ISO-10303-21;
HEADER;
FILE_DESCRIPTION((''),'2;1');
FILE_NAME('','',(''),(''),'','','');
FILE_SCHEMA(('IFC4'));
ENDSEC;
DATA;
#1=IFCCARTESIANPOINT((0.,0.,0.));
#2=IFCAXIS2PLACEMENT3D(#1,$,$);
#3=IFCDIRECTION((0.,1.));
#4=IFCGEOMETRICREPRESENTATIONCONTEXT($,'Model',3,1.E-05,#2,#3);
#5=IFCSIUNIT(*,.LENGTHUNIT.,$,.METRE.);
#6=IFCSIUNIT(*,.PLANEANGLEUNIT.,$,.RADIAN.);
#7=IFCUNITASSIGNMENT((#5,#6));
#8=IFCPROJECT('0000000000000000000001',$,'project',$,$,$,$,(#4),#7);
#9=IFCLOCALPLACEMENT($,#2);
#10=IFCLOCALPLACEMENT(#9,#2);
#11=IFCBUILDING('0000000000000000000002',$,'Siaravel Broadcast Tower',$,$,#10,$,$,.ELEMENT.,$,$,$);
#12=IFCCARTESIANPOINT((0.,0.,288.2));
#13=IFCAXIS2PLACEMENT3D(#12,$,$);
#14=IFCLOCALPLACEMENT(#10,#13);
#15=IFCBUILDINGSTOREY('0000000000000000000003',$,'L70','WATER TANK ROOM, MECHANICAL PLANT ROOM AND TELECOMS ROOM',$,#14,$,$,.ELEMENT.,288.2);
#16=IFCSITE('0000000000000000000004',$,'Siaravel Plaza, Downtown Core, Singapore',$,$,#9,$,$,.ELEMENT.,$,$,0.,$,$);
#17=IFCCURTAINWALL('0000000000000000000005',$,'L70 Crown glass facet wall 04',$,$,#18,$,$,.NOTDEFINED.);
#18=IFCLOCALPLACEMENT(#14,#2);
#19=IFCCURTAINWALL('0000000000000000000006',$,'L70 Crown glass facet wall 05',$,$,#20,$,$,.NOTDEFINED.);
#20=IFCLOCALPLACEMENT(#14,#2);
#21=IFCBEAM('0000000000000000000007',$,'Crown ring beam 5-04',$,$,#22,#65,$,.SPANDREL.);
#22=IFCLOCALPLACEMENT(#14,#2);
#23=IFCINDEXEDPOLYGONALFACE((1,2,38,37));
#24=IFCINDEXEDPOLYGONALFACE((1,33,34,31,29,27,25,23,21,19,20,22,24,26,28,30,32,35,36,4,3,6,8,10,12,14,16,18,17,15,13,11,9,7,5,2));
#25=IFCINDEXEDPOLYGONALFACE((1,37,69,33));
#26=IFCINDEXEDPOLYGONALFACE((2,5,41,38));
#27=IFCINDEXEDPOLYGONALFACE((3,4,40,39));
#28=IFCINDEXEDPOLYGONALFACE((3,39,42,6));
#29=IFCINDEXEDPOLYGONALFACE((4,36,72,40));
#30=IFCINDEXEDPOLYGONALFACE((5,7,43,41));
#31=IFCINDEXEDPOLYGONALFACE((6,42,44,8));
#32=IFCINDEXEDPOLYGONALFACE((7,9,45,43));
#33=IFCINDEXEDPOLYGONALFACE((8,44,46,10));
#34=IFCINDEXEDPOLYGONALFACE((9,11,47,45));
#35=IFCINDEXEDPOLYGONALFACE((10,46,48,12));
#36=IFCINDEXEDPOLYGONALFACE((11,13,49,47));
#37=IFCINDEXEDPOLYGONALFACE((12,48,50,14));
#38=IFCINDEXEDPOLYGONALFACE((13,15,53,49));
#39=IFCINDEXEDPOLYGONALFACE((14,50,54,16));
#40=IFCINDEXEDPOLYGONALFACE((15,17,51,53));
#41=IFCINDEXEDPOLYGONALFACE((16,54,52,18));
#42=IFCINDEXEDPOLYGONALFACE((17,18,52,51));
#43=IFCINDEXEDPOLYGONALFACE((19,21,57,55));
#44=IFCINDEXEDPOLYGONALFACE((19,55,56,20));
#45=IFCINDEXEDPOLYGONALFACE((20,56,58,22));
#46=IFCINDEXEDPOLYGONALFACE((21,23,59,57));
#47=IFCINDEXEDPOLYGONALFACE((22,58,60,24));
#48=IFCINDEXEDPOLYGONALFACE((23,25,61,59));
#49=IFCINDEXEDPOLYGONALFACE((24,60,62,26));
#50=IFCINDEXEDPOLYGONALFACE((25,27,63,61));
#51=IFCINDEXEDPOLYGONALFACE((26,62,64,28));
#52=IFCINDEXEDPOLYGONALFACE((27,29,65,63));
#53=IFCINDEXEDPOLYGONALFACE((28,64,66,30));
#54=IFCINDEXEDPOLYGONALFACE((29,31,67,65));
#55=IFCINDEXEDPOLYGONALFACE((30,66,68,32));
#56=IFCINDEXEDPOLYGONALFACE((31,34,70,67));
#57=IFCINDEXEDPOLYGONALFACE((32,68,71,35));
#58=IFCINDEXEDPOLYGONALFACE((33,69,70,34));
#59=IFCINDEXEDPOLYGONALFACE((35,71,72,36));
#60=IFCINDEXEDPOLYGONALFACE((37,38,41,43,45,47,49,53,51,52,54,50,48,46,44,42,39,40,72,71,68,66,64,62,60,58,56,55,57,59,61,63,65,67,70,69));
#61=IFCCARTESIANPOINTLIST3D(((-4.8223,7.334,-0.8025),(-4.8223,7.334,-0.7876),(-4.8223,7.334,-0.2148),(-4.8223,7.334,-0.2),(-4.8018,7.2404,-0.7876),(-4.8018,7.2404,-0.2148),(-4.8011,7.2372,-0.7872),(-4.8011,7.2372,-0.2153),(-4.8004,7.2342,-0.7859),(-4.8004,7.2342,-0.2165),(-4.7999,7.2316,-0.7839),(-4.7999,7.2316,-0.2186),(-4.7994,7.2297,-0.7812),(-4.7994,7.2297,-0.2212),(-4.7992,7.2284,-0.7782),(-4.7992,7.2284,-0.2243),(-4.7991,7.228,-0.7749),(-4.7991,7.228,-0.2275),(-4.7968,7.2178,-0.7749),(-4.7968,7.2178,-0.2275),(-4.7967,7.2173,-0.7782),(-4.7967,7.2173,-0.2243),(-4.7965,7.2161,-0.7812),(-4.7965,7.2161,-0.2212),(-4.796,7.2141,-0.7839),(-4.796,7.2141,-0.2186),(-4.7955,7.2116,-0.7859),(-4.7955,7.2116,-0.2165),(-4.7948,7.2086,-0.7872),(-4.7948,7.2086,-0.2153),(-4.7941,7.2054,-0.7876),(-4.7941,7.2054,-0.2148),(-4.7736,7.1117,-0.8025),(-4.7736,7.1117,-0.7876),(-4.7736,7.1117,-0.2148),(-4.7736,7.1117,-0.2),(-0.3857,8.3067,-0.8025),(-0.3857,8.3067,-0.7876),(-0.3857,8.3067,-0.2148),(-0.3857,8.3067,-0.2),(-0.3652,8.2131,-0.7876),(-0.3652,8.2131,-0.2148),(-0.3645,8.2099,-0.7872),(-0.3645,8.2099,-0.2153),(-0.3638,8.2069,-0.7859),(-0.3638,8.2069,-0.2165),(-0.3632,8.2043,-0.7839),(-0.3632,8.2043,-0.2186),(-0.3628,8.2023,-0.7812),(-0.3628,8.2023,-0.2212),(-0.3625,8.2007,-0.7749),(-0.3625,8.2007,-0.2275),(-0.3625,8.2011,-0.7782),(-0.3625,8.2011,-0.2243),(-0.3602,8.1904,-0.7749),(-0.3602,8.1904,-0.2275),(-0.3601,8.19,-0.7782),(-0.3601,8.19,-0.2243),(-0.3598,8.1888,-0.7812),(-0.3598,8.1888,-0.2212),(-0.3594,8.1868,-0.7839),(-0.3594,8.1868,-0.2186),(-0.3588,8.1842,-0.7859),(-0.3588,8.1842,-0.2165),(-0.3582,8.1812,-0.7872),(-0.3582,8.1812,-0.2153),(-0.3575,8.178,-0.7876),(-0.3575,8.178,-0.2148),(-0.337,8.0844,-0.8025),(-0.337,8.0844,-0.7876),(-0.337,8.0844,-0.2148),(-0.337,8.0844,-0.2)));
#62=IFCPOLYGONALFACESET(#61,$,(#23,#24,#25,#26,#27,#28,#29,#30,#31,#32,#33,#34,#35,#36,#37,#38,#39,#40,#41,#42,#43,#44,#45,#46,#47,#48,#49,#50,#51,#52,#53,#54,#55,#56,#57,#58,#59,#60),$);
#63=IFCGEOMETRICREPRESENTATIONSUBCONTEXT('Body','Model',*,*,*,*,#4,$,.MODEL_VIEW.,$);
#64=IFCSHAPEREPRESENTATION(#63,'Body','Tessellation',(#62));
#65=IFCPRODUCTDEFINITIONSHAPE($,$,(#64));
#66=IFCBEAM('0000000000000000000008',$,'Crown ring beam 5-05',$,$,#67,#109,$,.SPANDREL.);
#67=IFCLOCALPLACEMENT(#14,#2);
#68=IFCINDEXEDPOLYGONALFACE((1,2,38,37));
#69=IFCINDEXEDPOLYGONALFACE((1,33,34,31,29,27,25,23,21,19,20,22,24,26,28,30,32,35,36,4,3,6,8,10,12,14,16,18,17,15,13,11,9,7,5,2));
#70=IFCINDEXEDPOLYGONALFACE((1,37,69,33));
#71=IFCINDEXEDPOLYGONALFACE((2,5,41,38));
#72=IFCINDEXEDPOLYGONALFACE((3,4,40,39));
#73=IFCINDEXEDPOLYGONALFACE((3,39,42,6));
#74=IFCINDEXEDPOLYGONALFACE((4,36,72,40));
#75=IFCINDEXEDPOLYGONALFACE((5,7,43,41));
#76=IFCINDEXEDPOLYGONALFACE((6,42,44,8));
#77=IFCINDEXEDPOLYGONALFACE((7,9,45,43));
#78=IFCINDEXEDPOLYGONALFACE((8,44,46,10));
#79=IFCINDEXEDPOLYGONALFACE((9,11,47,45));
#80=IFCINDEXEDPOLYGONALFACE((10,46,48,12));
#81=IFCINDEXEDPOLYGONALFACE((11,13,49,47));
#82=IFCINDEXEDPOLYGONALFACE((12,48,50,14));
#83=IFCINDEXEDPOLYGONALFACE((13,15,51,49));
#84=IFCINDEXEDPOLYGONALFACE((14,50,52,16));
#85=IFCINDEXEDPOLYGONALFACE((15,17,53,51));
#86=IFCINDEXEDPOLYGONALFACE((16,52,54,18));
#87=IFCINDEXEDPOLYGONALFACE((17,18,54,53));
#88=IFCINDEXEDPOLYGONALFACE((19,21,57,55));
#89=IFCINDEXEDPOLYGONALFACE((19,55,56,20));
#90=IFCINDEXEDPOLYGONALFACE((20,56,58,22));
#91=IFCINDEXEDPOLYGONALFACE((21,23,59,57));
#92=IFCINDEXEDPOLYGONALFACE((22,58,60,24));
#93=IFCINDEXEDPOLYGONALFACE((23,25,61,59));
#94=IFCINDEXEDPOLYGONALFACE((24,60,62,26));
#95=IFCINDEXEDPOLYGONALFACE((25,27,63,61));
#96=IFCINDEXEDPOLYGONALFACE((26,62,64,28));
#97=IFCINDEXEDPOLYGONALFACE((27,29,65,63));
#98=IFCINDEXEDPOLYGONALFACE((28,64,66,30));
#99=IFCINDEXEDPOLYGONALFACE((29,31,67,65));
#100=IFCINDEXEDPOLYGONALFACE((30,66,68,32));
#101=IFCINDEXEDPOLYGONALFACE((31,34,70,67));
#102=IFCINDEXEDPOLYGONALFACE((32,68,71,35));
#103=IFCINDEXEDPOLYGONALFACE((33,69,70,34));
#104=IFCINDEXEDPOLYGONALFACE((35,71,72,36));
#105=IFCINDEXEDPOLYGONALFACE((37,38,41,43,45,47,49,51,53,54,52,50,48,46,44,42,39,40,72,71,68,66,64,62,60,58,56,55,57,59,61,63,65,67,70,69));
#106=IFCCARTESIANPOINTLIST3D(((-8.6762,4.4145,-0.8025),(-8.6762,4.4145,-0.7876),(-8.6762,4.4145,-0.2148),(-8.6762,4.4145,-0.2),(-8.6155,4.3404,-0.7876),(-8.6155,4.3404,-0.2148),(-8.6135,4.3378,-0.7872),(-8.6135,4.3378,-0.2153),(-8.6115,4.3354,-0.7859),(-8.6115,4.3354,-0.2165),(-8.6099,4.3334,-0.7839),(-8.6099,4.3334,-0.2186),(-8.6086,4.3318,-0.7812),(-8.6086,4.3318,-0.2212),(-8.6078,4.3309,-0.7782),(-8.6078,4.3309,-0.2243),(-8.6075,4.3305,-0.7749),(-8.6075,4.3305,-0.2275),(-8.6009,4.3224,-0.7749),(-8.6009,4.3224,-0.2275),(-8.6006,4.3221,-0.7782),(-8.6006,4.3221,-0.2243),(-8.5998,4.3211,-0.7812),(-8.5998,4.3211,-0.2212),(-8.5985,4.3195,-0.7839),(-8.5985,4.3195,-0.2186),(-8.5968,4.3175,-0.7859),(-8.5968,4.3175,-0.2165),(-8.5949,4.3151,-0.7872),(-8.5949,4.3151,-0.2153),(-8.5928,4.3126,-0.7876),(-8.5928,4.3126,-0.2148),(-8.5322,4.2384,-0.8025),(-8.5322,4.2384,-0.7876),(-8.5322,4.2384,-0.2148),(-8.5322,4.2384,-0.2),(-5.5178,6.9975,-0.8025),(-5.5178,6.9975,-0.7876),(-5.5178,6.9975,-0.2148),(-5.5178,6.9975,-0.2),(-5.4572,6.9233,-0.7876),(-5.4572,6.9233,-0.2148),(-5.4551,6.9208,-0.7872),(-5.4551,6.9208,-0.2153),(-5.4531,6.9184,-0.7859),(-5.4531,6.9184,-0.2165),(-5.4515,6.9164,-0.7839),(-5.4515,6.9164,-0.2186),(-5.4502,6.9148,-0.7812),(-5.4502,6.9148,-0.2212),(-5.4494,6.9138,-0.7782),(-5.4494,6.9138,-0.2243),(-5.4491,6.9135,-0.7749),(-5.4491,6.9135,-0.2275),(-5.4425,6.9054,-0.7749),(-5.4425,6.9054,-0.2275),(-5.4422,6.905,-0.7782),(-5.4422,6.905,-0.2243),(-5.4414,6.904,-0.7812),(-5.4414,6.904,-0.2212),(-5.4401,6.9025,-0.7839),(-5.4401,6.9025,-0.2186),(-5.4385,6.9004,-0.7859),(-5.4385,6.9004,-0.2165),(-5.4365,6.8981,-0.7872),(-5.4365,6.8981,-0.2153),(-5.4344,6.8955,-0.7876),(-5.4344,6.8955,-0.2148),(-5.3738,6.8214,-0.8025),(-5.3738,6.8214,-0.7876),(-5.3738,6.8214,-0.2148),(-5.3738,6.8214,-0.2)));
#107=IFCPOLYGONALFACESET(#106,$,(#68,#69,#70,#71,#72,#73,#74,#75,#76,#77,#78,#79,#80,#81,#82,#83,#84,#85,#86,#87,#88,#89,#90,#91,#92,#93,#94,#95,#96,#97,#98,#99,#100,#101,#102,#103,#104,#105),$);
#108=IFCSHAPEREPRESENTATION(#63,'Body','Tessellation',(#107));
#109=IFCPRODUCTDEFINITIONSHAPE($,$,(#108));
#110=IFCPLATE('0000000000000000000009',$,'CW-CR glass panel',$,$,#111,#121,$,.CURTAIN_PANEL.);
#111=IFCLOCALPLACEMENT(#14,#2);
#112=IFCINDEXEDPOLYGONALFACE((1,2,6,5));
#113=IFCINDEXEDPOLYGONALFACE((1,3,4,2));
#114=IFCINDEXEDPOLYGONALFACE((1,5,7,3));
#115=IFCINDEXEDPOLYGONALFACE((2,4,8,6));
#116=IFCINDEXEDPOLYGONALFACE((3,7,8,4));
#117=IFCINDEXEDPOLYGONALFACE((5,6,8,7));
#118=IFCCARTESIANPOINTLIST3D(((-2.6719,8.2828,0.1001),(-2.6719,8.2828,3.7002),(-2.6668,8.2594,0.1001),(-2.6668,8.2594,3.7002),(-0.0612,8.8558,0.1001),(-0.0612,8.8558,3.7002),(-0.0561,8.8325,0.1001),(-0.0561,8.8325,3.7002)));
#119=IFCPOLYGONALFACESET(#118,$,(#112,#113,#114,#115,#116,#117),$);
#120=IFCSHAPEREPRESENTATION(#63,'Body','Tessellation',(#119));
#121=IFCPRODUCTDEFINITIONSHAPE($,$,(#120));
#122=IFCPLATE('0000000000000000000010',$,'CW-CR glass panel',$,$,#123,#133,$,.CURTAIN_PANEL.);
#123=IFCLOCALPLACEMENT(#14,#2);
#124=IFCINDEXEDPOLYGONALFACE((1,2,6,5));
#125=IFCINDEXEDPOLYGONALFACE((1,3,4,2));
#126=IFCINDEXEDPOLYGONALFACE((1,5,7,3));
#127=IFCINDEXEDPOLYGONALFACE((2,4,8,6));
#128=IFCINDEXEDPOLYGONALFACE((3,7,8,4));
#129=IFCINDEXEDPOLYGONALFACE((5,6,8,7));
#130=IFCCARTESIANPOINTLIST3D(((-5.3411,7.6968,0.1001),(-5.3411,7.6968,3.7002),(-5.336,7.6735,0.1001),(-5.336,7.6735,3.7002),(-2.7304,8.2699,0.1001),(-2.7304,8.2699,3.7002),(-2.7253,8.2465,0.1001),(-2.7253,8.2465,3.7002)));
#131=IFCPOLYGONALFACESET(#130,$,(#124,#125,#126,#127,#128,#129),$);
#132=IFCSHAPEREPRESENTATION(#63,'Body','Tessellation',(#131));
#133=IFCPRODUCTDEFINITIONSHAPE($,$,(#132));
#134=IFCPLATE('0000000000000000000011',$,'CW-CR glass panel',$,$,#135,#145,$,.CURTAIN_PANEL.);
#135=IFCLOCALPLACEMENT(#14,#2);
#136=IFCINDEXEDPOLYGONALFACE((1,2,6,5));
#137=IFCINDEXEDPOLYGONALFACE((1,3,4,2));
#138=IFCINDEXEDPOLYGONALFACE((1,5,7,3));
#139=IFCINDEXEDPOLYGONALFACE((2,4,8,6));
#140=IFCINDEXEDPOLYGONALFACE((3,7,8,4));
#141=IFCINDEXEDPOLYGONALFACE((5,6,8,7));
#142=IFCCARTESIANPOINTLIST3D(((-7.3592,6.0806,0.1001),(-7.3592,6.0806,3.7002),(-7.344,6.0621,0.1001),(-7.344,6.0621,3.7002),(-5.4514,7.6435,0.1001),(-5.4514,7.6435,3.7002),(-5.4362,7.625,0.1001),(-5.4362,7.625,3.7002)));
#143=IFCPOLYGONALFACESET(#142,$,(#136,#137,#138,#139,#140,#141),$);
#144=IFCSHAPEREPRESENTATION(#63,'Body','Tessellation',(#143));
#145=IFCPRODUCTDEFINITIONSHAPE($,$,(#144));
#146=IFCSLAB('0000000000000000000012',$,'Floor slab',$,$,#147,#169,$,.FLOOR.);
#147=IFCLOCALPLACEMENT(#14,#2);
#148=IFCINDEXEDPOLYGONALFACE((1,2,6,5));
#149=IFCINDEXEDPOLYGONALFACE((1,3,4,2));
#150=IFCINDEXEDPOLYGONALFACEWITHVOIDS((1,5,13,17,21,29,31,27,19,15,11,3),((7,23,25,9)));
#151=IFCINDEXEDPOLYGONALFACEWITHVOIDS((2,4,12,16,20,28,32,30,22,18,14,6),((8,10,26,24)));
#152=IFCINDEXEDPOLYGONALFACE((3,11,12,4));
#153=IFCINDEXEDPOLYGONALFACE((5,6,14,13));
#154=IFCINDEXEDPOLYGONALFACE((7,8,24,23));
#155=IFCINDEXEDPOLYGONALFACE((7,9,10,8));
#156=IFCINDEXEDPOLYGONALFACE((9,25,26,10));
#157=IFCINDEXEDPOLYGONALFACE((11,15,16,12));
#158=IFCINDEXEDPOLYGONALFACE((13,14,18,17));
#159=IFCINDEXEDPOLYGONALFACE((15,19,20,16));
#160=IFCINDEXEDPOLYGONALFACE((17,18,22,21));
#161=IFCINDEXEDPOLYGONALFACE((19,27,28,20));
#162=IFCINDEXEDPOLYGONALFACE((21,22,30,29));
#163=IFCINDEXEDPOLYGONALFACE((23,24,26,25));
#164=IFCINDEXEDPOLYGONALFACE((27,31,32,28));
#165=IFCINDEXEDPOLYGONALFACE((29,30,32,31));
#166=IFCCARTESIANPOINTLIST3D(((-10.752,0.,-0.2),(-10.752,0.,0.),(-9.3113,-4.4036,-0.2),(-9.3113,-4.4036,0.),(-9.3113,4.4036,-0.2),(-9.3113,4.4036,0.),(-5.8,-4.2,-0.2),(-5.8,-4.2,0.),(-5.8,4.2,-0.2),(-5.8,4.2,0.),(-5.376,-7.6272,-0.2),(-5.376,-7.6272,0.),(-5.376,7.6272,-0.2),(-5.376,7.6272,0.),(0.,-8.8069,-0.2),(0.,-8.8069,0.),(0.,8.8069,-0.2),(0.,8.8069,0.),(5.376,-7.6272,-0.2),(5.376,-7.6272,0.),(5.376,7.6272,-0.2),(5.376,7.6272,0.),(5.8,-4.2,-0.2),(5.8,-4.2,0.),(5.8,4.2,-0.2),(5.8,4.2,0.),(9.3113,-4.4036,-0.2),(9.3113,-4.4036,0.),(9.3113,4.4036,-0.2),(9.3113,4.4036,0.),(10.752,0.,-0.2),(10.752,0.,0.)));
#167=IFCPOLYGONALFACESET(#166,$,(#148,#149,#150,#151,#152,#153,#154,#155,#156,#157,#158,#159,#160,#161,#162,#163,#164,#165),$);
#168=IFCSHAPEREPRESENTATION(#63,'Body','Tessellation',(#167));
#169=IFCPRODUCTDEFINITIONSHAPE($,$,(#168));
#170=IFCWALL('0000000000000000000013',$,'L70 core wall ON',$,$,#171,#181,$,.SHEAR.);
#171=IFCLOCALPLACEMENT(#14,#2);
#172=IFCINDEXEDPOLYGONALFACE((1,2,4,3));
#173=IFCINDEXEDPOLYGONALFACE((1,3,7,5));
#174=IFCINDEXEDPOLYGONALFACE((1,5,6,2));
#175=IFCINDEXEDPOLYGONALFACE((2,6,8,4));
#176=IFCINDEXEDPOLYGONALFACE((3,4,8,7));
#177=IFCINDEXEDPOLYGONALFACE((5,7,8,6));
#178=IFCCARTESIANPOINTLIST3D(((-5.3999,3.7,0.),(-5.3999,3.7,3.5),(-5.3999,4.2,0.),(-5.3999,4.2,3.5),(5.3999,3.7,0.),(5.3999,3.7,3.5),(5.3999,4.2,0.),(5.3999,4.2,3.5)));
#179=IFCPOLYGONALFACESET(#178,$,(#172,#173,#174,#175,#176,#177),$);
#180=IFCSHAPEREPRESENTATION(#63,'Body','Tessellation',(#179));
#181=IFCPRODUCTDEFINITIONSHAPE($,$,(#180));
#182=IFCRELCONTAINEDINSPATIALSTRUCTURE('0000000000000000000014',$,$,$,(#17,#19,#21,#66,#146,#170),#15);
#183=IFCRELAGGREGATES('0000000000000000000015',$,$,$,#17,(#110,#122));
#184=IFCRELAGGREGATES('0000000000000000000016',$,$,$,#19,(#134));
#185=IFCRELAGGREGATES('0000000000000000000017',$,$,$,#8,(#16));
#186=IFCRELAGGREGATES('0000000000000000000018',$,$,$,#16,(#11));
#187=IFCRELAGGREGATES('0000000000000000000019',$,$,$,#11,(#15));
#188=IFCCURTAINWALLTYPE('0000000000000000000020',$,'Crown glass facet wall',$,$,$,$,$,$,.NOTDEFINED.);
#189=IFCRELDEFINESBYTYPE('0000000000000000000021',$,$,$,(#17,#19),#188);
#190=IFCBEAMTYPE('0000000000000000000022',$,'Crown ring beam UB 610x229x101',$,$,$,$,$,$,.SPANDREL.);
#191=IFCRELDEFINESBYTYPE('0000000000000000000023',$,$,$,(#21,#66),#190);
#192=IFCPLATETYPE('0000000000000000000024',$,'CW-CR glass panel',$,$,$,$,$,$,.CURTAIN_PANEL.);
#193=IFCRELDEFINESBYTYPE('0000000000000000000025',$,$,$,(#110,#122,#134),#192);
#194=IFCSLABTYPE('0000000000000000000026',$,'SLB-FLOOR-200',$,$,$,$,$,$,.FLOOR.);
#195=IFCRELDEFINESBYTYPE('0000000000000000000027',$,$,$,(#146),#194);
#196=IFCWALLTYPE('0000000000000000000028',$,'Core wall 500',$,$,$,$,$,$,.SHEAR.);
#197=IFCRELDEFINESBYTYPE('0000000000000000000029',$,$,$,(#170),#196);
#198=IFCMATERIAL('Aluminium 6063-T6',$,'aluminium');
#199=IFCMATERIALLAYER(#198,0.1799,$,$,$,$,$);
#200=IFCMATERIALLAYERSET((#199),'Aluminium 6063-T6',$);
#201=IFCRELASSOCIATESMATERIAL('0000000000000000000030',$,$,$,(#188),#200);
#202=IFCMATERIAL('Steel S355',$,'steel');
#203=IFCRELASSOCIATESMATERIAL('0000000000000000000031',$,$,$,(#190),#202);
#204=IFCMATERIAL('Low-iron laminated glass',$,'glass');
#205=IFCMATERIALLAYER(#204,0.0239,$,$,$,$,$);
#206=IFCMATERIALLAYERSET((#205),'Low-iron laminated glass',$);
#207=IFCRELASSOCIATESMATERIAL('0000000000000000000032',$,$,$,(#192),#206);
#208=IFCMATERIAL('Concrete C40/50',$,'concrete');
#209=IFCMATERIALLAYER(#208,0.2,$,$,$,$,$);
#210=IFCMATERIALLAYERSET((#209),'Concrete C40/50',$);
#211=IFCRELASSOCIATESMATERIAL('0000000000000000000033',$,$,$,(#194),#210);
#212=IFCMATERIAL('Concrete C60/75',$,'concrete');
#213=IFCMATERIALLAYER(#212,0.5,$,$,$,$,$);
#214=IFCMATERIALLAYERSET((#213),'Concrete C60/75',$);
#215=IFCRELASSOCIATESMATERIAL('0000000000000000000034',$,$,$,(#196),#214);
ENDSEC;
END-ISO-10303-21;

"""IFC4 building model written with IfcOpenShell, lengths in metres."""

from ifc_helpers import new_model, si_unit, direction, frame, frame_2d, origin, origin_2d, place, context, subcontext, project, spatial, polyline, rectangle, i_section, outline, extrude, material, layer, layer_set, material_profile, profile_set, type_object, element, aggregate, save


model = new_model("IFC4")

# Units and contexts
model_context = context("Model", 3, precision=1e-05, world=origin(), true_north=direction((0.0, 1.0)))
body_context = subcontext(model_context, "Body", "Model", "MODEL_VIEW")
ifc_project = project(units=[si_unit("LENGTHUNIT", "METRE"), si_unit("PLANEANGLEUNIT", "RADIAN")], contexts=[model_context])

# Site, building, storey
site_placement = place(None, origin())
site = spatial("IfcSite", under=ifc_project, at=site_placement, Name="Siaravel Plaza, Downtown Core, Singapore", CompositionType="ELEMENT", RefElevation=0.0)
building_placement = place(site_placement, origin())
building = spatial("IfcBuilding", under=site, at=building_placement, Name="Siaravel Broadcast Tower", CompositionType="ELEMENT")
storey_placement = place(building_placement, frame((0.0, 0.0, 288.2)))
storey = spatial("IfcBuildingStorey", under=building, at=storey_placement, Name="L70", Description="WATER TANK ROOM, MECHANICAL PLANT ROOM AND TELECOMS ROOM", CompositionType="ELEMENT", Elevation=288.2)

# Curtain wall
ifc_material_1 = material(Name="Aluminium 6063-T6", Category="aluminium")
ifc_layer_1 = layer(ifc_material_1, 0.1799)
ifc_layer_set_1 = layer_set([ifc_layer_1], Name="Aluminium 6063-T6")
curtain_wall_type = type_object("IfcCurtainWallType", Name="Crown glass facet wall", PredefinedType="NOTDEFINED", material=ifc_layer_set_1)
curtain_wall_1_placement = place(storey_placement, origin())
curtain_wall_1 = element("IfcCurtainWall", 1, at=curtain_wall_1_placement, inside=storey, type_object=curtain_wall_type, Name="L70 Crown glass facet wall 04", PredefinedType="NOTDEFINED")

# Curtain wall
curtain_wall_2_placement = place(storey_placement, origin())
curtain_wall_2 = element("IfcCurtainWall", 2, at=curtain_wall_2_placement, inside=storey, type_object=curtain_wall_type, Name="L70 Crown glass facet wall 05", PredefinedType="NOTDEFINED")

# Beams
ifc_material_2 = material(Name="Steel S355", Category="steel")
ifc_material_profile_1 = material_profile(ifc_material_2, i_section(OverallWidth=0.2275, OverallDepth=0.6025, WebThickness=0.0105, FlangeThickness=0.0149, FilletRadius=0.0127, at=origin_2d()))
ifc_profile_set_1 = profile_set([ifc_material_profile_1], Name="Steel S355")
beam_type_1 = type_object("IfcBeamType", Name="Crown ring beam UB 610x229x101", PredefinedType="SPANDREL", material=ifc_profile_set_1)
beam_1_placement = place(storey_placement, frame((-0.3613, 8.1956, -0.5012), z_axis=(-0.9768, -0.214152, 0.0), x_axis=(0.214152, -0.9768, 0.0)))
element("IfcBeam", 3, at=beam_1_placement, inside=storey, type_object=beam_type_1, Name="Crown ring beam 5-04", PredefinedType="SPANDREL", context=body_context, shape_type="SweptSolid", body=[
    extrude(i_section(OverallWidth=0.2275, OverallDepth=0.6025, WebThickness=0.0105, FlangeThickness=0.0149, FilletRadius=0.0127, at=origin_2d()), origin(), (0.0, 0.0, 1.0), 4.542),
])
beam_2_placement = place(storey_placement, frame((-5.4458, 6.9094, -0.5012), z_axis=(-0.774099, -0.633065, 0.0), x_axis=(0.633065, -0.774099, 0.0)))
element("IfcBeam", 4, at=beam_2_placement, inside=storey, type_object=beam_type_1, Name="Crown ring beam 5-05", PredefinedType="SPANDREL", context=body_context, shape_type="SweptSolid", body=[
    extrude(i_section(OverallWidth=0.2275, OverallDepth=0.6025, WebThickness=0.0105, FlangeThickness=0.0149, FilletRadius=0.0127, at=origin_2d()), origin(), (0.0, 0.0, 1.0), 4.0801),
])

# Plates
ifc_material_3 = material(Name="Low-iron laminated glass", Category="glass")
ifc_layer_2 = layer(ifc_material_3, 0.0239)
ifc_layer_set_2 = layer_set([ifc_layer_2], Name="Low-iron laminated glass")
plate_type = type_object("IfcPlateType", Name="CW-CR glass panel", PredefinedType="CURTAIN_PANEL", material=ifc_layer_set_2)
plate_1_placement = place(storey_placement, frame((-1.364, 8.5576, 0.1001), z_axis=(0.0, 0.0, 1.0), x_axis=(-0.976747, -0.214396, 0.0)))
plate_1 = element("IfcPlate", 5, at=plate_1_placement, type_object=plate_type, Name="CW-CR glass panel", PredefinedType="CURTAIN_PANEL", context=body_context, shape_type="SweptSolid", body=[
    extrude(rectangle(XDim=2.6729, YDim=0.0239, at=origin_2d()), origin(), (0.0, 0.0, 1.0), 3.6001),
])
plate_2_placement = place(storey_placement, frame((-4.0332, 7.9717, 0.1001), z_axis=(0.0, 0.0, 1.0), x_axis=(-0.976747, -0.214396, 0.0)))
plate_2 = element("IfcPlate", 6, at=plate_2_placement, type_object=plate_type, Name="CW-CR glass panel", PredefinedType="CURTAIN_PANEL", context=body_context, shape_type="SweptSolid", body=[
    extrude(rectangle(XDim=2.6729, YDim=0.0239, at=origin_2d()), origin(), (0.0, 0.0, 1.0), 3.6001),
])
aggregate(curtain_wall_1, [plate_1, plate_2])
plate_3_placement = place(storey_placement, frame((-6.3977, 6.8528, 0.1001), z_axis=(0.0, 0.0, 1.0), x_axis=(-0.773564, -0.633718, 0.0)))
plate_3 = element("IfcPlate", 7, at=plate_3_placement, type_object=plate_type, Name="CW-CR glass panel", PredefinedType="CURTAIN_PANEL", context=body_context, shape_type="SweptSolid", body=[
    extrude(rectangle(XDim=2.4663, YDim=0.0239, at=origin_2d()), origin(), (0.0, 0.0, 1.0), 3.6001),
])
aggregate(curtain_wall_2, [plate_3])

# Slab
ifc_material_4 = material(Name="Concrete C40/50", Category="concrete")
ifc_layer_3 = layer(ifc_material_4, 0.2)
ifc_layer_set_3 = layer_set([ifc_layer_3], Name="Concrete C40/50")
slab_type = type_object("IfcSlabType", Name="SLB-FLOOR-200", PredefinedType="FLOOR", material=ifc_layer_set_3)
slab_placement = place(storey_placement, frame((0.0, 0.0, -0.2)))
element("IfcSlab", 8, at=slab_placement, inside=storey, type_object=slab_type, Name="Floor slab", PredefinedType="FLOOR", context=body_context, shape_type="SweptSolid", body=[
    extrude(outline(polyline([(10.752, 0.0), (9.3113, 4.4036), (5.376, 7.6272), (0.0, 8.8069), (-5.376, 7.6272), (-9.3113, 4.4036), (-10.752, 0.0), (-9.3113, -4.4036), (-5.376, -7.6272), (0.0, -8.8069), (5.376, -7.6272), (9.3113, -4.4036), (10.752, 0.0)]), holes=[polyline([(-5.8, 4.2), (5.8, 4.2), (5.8, -4.2), (-5.8, -4.2), (-5.8, 4.2)])]), origin(), (0.0, 0.0, 1.0), 0.2),
])

# Wall
ifc_material_5 = material(Name="Concrete C60/75", Category="concrete")
ifc_layer_4 = layer(ifc_material_5, 0.5)
ifc_layer_set_4 = layer_set([ifc_layer_4], Name="Concrete C60/75")
wall_type_1 = type_object("IfcWallType", Name="Core wall 500", PredefinedType="SHEAR", material=ifc_layer_set_4)
wall_1_placement = place(storey_placement, frame((-5.3999, 3.95, 0.0), z_axis=(0.0, 0.0, 1.0), x_axis=(1.0, 0.0, 0.0)))
element("IfcWall", 9, at=wall_1_placement, inside=storey, type_object=wall_type_1, Name="L70 core wall ON", PredefinedType="SHEAR", context=body_context, shape_type="SweptSolid", body=[
    extrude(rectangle(XDim=10.7998, YDim=0.5, at=frame_2d((5.3999, 0.0))), origin(), (0.0, 0.0, 1.0), 3.5),
])

save(model, "model.ifc")
